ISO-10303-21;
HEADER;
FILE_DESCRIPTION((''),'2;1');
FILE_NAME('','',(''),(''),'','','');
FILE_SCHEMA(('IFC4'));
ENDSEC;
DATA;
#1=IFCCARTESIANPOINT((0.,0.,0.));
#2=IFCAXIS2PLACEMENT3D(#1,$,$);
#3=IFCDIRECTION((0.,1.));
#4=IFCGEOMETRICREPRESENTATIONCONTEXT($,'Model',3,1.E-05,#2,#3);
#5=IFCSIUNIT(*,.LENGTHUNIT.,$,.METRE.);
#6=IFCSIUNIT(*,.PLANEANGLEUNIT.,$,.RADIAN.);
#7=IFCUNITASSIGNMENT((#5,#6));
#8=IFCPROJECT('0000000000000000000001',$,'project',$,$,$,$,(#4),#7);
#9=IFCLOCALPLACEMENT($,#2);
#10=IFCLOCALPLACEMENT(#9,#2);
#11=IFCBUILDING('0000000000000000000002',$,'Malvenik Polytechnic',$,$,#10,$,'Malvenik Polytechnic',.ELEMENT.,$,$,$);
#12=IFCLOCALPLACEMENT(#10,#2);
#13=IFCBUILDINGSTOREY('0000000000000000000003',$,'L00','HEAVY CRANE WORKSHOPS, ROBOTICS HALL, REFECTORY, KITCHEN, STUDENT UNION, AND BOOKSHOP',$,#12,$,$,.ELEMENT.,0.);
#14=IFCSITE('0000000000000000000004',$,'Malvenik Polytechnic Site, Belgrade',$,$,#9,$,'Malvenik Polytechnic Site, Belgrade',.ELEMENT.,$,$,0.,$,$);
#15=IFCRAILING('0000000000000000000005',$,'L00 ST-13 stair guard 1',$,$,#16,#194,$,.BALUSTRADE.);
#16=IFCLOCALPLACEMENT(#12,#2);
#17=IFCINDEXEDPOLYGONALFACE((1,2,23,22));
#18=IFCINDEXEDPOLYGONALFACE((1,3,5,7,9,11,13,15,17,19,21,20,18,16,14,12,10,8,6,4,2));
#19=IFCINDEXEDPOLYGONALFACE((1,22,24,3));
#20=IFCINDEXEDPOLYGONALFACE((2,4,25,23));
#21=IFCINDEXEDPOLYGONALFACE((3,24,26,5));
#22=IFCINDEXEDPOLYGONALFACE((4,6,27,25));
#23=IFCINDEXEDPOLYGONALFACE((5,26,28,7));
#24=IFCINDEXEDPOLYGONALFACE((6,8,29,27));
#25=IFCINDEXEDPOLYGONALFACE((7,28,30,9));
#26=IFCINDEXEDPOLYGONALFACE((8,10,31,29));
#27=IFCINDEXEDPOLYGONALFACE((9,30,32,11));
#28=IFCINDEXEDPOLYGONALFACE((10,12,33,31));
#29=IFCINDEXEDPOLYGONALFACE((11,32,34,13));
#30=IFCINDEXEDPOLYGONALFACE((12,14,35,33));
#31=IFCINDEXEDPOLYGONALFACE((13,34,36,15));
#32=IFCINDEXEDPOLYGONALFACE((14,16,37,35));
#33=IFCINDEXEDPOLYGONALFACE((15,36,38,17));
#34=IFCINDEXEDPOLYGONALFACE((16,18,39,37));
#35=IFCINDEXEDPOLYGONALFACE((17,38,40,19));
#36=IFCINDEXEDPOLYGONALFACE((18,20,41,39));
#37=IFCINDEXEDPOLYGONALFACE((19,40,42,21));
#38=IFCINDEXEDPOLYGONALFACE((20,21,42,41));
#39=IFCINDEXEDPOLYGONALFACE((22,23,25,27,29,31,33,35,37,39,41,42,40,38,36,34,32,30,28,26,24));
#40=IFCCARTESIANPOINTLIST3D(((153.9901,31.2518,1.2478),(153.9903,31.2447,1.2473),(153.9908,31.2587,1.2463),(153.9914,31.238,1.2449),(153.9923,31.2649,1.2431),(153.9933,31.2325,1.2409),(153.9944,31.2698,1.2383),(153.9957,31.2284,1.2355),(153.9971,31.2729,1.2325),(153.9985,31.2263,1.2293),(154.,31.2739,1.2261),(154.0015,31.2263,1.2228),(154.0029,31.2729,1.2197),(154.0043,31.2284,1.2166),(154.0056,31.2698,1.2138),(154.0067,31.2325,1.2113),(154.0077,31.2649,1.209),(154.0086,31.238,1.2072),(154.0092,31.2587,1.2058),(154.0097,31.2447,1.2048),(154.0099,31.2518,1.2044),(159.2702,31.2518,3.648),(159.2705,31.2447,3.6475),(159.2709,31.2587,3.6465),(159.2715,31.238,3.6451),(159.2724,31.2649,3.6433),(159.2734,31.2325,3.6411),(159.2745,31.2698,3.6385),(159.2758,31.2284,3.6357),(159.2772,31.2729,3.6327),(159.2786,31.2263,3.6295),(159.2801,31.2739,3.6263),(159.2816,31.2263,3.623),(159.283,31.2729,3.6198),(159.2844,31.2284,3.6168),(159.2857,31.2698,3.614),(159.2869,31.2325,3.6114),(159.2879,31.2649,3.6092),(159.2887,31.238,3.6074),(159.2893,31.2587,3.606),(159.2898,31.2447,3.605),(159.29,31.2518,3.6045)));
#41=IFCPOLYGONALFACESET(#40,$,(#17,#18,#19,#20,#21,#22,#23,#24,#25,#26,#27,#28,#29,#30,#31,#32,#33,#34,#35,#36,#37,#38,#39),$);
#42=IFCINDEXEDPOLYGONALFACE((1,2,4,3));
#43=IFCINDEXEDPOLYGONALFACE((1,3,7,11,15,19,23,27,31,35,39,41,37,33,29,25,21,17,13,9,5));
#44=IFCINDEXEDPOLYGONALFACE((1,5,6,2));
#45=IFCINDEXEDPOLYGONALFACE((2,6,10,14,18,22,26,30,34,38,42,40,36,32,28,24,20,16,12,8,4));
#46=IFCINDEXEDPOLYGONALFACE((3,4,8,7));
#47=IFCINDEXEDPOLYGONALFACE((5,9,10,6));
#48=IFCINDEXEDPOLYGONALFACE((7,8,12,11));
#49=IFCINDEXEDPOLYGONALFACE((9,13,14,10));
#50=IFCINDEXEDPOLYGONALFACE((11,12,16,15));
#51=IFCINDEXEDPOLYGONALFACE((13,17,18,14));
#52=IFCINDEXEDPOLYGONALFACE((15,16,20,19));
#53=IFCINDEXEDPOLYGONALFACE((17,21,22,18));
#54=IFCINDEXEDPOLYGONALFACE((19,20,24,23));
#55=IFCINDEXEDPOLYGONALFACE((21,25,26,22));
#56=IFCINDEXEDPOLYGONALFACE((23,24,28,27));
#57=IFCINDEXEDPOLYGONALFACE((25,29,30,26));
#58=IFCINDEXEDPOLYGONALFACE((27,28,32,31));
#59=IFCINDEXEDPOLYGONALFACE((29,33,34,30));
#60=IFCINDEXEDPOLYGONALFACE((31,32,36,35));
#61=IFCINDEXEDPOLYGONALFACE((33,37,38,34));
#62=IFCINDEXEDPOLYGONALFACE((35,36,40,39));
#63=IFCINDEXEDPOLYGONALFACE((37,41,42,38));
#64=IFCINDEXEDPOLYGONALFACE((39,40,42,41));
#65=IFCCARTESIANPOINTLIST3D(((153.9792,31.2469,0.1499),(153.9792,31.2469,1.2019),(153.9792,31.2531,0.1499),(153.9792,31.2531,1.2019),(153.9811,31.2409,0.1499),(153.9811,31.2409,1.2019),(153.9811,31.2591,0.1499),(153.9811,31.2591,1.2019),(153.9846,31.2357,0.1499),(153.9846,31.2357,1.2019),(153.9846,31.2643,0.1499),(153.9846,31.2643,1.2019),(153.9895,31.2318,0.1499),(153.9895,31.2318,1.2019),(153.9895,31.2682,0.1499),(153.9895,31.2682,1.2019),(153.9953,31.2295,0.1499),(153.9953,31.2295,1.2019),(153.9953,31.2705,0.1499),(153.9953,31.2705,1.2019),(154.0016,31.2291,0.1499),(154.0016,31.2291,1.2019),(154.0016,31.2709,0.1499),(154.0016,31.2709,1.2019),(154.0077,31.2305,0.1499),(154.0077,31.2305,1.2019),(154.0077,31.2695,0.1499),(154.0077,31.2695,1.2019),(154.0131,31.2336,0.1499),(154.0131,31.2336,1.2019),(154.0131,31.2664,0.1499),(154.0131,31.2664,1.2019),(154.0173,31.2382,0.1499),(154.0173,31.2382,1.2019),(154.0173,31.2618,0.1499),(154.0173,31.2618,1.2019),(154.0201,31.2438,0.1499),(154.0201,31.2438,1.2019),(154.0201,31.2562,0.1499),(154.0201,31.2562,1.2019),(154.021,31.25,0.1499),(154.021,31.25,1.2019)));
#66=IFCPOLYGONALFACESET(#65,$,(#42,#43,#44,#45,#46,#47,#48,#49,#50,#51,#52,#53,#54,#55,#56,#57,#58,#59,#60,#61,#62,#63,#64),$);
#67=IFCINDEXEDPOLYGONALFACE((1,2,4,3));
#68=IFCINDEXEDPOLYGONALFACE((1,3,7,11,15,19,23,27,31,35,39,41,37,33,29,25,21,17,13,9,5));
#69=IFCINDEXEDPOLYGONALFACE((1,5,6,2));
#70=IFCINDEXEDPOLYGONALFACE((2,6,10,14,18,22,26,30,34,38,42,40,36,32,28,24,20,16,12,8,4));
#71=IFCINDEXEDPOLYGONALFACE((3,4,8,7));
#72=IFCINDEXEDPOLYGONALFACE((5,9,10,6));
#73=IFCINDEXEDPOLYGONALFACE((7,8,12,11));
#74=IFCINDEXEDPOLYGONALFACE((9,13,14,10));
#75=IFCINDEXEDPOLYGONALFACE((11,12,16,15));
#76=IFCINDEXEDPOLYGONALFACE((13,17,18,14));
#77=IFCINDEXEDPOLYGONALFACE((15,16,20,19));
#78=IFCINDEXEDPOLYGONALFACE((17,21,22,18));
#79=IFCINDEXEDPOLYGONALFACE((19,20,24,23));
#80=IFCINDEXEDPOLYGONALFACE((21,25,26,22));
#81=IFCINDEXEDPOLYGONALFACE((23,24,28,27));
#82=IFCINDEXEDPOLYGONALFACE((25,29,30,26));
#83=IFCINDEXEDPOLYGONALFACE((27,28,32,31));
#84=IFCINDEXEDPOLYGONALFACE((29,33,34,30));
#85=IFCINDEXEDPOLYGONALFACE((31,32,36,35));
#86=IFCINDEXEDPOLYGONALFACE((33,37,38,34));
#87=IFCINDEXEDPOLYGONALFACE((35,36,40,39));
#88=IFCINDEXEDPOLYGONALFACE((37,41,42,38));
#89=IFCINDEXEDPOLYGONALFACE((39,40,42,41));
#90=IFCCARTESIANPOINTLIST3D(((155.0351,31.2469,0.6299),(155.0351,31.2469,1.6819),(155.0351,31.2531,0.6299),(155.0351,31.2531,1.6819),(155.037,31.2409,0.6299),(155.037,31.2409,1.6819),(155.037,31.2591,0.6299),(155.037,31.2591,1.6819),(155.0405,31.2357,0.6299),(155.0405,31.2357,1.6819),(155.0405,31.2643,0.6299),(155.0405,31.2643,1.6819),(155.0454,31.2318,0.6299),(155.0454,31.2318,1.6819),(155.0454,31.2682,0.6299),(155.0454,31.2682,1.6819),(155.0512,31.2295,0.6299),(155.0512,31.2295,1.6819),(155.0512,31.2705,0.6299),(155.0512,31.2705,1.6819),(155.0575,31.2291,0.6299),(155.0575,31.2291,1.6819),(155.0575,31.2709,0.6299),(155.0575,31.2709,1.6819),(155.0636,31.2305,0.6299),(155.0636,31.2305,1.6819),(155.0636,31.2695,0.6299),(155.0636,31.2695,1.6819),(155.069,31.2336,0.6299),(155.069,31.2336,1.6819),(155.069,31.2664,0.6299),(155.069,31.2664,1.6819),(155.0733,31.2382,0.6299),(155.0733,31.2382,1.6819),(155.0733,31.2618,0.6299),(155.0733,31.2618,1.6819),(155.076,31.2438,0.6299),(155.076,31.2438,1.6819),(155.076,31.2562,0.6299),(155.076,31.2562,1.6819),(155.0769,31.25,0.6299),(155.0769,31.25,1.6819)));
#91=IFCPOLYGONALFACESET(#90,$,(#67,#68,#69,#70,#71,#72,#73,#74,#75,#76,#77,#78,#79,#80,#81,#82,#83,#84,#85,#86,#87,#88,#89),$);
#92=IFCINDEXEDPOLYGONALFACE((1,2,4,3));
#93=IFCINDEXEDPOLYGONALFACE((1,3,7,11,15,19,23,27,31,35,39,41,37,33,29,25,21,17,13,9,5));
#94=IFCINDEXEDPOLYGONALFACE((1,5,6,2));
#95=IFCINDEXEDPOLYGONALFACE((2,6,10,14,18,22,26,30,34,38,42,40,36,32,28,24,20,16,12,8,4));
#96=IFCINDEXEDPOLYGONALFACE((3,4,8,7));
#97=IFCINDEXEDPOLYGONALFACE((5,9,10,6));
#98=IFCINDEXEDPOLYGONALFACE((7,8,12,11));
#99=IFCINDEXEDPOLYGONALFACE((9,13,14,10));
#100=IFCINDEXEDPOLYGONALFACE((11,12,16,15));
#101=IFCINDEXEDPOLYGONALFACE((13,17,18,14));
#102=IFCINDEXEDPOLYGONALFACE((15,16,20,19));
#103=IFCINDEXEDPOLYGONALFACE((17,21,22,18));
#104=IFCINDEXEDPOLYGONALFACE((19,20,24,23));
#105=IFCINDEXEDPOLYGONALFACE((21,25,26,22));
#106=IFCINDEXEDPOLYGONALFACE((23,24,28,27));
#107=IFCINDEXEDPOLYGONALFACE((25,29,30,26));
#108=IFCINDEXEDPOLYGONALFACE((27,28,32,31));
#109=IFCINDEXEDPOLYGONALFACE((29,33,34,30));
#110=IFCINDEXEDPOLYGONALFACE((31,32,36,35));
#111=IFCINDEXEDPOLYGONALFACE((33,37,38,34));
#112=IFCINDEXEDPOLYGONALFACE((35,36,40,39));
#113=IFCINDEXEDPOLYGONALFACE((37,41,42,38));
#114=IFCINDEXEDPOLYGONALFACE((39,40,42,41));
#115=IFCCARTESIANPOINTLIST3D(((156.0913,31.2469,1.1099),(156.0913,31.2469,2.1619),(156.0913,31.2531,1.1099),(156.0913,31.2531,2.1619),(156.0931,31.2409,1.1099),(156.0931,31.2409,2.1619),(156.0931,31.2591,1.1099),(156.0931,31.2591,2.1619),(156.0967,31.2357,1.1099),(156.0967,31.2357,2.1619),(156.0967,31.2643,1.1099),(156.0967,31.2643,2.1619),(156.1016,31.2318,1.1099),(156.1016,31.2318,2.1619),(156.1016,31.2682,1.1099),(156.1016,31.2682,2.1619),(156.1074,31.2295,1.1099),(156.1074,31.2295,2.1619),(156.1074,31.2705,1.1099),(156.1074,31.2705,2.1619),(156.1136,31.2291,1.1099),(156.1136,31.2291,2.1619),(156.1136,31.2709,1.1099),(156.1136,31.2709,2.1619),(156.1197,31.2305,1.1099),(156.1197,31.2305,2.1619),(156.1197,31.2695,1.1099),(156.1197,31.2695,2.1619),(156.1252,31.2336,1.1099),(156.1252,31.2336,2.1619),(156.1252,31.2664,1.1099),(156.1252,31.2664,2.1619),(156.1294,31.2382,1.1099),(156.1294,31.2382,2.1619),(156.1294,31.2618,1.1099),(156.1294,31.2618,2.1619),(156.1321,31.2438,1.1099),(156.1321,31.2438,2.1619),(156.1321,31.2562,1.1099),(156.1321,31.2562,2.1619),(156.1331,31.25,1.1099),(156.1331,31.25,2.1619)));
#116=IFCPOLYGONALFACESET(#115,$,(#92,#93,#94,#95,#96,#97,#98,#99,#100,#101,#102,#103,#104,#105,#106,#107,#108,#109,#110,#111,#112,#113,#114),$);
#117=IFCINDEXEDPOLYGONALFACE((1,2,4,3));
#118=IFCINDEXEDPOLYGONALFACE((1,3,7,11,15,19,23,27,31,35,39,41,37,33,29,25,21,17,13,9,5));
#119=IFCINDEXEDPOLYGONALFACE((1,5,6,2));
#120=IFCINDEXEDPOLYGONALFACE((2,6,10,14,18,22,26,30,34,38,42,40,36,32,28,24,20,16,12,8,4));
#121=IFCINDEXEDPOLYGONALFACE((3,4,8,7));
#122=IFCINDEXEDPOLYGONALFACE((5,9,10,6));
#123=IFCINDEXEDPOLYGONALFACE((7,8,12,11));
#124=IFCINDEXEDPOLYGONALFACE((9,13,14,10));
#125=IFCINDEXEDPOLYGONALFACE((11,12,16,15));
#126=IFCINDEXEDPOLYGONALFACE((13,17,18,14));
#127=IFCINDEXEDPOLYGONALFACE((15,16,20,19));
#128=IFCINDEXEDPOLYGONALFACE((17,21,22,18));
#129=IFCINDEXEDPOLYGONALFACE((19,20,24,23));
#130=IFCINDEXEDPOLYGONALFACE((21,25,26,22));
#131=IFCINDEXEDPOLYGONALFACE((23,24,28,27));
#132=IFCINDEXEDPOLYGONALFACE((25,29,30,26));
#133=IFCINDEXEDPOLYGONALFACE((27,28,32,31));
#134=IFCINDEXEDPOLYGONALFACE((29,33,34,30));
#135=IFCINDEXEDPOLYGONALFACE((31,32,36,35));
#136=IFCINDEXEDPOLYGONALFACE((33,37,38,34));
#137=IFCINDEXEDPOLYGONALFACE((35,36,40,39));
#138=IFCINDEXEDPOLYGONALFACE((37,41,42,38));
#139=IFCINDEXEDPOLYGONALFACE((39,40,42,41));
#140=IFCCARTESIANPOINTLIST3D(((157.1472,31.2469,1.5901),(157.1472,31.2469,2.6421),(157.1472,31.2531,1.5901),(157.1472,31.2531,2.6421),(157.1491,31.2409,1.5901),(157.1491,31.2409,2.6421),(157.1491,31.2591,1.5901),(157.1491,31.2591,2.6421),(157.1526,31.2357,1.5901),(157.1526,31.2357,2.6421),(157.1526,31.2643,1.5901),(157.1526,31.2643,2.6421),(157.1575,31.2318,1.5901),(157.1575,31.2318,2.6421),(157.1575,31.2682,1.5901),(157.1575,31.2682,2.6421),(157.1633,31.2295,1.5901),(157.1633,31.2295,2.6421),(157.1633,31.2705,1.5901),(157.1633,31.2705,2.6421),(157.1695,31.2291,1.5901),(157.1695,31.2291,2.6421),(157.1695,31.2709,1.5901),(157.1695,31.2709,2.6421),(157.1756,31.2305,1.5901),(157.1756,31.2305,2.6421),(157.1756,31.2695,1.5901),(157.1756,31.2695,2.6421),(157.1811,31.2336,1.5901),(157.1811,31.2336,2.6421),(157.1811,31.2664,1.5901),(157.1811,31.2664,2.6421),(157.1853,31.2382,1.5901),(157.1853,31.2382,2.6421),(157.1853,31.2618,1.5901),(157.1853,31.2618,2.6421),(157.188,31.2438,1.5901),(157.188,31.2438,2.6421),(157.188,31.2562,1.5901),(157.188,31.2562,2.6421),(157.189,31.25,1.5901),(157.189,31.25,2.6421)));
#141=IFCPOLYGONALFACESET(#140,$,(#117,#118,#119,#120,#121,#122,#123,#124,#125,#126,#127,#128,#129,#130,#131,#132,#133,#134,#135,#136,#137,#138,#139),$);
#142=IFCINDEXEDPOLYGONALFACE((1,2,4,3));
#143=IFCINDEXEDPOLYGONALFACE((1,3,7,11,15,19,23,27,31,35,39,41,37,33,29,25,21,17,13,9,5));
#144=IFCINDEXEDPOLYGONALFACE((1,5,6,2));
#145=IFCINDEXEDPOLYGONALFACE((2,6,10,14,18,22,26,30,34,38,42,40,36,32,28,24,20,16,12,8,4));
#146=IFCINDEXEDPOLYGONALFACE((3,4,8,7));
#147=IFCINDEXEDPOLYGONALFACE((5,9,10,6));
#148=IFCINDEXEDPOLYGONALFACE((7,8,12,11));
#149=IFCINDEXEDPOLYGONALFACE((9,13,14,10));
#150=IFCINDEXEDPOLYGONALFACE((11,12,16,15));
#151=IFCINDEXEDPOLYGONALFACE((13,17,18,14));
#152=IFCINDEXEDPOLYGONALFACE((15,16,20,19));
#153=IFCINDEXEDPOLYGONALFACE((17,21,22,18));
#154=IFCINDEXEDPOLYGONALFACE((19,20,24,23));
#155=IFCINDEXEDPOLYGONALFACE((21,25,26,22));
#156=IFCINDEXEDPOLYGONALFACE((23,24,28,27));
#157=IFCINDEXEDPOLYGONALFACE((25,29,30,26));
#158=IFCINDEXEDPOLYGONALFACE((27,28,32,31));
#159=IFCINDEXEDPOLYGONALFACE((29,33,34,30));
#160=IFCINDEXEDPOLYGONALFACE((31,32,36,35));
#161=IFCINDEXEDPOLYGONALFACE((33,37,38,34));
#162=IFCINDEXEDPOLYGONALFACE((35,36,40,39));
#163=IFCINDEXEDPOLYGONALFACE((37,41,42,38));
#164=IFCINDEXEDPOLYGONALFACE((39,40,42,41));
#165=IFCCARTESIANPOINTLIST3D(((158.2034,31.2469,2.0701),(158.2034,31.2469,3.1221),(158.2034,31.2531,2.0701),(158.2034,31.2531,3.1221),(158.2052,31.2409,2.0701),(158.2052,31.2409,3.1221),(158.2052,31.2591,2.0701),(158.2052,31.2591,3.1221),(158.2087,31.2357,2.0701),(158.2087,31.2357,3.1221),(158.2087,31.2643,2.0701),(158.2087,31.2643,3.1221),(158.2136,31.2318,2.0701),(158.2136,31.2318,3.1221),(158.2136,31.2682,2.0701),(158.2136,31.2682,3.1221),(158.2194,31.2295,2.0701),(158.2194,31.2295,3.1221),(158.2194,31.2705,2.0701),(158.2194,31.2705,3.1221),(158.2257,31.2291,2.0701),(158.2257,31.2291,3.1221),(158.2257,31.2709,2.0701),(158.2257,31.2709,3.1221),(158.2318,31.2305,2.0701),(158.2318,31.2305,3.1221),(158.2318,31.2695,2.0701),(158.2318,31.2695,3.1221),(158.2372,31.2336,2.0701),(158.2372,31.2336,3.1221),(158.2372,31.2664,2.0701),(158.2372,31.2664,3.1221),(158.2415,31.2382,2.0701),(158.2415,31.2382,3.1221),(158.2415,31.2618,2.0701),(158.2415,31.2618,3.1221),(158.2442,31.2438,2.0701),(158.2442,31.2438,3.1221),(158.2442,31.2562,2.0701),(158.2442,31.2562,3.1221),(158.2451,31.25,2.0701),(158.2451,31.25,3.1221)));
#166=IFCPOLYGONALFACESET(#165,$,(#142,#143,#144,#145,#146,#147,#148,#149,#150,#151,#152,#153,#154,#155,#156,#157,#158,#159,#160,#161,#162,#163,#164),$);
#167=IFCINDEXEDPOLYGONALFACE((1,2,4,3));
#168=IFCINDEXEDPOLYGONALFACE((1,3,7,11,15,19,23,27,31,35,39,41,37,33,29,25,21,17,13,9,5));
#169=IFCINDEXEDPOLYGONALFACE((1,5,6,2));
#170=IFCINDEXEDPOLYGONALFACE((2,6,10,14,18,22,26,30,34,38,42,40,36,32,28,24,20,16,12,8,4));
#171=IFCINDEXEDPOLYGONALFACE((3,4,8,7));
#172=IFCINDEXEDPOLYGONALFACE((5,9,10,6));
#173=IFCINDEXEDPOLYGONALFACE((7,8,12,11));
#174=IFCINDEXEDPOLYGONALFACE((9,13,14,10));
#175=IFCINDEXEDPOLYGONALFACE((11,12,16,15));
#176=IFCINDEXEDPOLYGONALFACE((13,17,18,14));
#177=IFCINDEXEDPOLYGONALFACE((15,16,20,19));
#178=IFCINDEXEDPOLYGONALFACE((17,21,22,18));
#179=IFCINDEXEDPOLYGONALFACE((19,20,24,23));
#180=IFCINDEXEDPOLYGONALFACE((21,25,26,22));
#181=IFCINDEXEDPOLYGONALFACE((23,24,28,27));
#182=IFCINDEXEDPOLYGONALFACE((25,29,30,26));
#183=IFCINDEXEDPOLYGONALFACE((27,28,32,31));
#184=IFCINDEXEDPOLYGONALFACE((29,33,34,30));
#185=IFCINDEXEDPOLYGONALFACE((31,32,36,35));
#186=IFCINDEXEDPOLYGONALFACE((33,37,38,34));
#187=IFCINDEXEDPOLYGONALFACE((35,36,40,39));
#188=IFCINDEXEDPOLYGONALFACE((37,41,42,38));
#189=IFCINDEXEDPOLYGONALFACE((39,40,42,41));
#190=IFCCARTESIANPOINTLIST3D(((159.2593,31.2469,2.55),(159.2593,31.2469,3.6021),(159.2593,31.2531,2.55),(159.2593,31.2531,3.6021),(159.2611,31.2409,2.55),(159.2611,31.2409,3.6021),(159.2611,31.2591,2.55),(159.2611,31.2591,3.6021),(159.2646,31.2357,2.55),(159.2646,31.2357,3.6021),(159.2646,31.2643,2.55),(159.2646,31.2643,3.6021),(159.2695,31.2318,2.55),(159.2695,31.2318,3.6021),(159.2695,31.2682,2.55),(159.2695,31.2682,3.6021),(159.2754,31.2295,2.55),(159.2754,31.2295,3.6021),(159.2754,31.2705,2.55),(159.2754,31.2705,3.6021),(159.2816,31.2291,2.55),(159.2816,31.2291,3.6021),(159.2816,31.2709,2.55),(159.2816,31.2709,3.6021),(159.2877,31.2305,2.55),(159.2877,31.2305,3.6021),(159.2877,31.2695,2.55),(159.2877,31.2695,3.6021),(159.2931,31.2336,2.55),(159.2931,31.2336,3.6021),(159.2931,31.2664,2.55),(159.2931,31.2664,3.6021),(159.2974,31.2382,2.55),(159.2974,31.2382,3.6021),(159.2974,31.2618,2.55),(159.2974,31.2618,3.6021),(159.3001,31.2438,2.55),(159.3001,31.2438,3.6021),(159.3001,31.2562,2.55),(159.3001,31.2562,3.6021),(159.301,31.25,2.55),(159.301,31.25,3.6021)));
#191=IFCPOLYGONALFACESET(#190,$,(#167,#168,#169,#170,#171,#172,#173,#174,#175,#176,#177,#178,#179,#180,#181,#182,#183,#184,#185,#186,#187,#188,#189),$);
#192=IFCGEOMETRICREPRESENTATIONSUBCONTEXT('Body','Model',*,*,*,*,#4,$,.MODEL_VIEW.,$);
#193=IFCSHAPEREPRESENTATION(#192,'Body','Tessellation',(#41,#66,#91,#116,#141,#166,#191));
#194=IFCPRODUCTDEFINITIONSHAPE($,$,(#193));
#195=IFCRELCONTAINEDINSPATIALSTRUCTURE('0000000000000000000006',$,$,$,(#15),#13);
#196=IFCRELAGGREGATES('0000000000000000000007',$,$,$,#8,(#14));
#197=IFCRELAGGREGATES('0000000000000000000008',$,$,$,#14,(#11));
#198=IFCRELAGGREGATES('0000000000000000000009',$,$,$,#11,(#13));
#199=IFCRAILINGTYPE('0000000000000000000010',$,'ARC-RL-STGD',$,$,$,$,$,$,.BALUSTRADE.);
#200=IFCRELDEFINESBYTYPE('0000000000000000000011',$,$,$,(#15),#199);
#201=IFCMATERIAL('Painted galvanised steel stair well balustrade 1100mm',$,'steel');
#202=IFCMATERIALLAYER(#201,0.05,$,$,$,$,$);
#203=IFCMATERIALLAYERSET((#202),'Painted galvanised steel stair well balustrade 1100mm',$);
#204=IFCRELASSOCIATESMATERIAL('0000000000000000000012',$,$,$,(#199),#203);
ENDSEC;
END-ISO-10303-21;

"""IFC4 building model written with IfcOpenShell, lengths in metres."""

from ifc_helpers import new_model, si_unit, direction, frame, origin, origin_2d, place, context, subcontext, project, spatial, circle, extrude, material, layer, layer_set, type_object, element, save


model = new_model("IFC4")

# Units and contexts
model_context = context("Model", 3, precision=1e-05, world=origin(), true_north=direction((0.0, 1.0)))
body_context = subcontext(model_context, "Body", "Model", "MODEL_VIEW")
ifc_project = project(units=[si_unit("LENGTHUNIT", "METRE"), si_unit("PLANEANGLEUNIT", "RADIAN")], contexts=[model_context])

# Site, building, storey
site_placement = place(None, origin())
site = spatial("IfcSite", under=ifc_project, at=site_placement, Name="Malvenik Polytechnic Site, Belgrade", LongName="Malvenik Polytechnic Site, Belgrade", CompositionType="ELEMENT", RefElevation=0.0)
building_placement = place(site_placement, origin())
building = spatial("IfcBuilding", under=site, at=building_placement, Name="Malvenik Polytechnic", LongName="Malvenik Polytechnic", CompositionType="ELEMENT")
storey_placement = place(building_placement, origin())
storey = spatial("IfcBuildingStorey", under=building, at=storey_placement, Name="L00", Description="HEAVY CRANE WORKSHOPS, ROBOTICS HALL, REFECTORY, KITCHEN, STUDENT UNION, AND BOOKSHOP", CompositionType="ELEMENT", Elevation=0.0)

# Railing
ifc_material_1 = material(Name="Painted galvanised steel stair well balustrade 1100mm", Category="steel")
ifc_layer_1 = layer(ifc_material_1, 0.05)
ifc_layer_set_1 = layer_set([ifc_layer_1], Name="Painted galvanised steel stair well balustrade 1100mm")
railing_type_1 = type_object("IfcRailingType", Name="ARC-RL-STGD", PredefinedType="BALUSTRADE", material=ifc_layer_set_1)
railing_1_placement = place(storey_placement, frame((154.0, 31.25, 0.1499)))
element("IfcRailing", 1, at=railing_1_placement, inside=storey, type_object=railing_type_1, Name="L00 ST-13 stair guard 1", PredefinedType="BALUSTRADE", context=body_context, shape_type="SweptSolid", body=[
    extrude(circle(Radius=0.0239, at=origin_2d()), frame((0.0, 0.0, 1.0762), z_axis=(0.910358, 0.0, 0.413822), x_axis=(0.0, 1.0, 0.0)), (0.0, 0.0, 1.0), 5.8),
    extrude(circle(Radius=0.021, at=origin_2d()), origin(), (0.0, 0.0, 1.0), 1.052),
    extrude(circle(Radius=0.021, at=origin_2d()), frame((1.0559, 0.0, 0.48)), (0.0, 0.0, 1.0), 1.052),
    extrude(circle(Radius=0.021, at=origin_2d()), frame((2.1121, 0.0, 0.96)), (0.0, 0.0, 1.0), 1.052),
    extrude(circle(Radius=0.021, at=origin_2d()), frame((3.168, 0.0, 1.4402)), (0.0, 0.0, 1.0), 1.052),
    extrude(circle(Radius=0.021, at=origin_2d()), frame((4.2241, 0.0, 1.9202)), (0.0, 0.0, 1.0), 1.052),
    extrude(circle(Radius=0.021, at=origin_2d()), frame((5.28, 0.0, 2.4001)), (0.0, 0.0, 1.0), 1.052),
])

save(model, "model.ifc")
